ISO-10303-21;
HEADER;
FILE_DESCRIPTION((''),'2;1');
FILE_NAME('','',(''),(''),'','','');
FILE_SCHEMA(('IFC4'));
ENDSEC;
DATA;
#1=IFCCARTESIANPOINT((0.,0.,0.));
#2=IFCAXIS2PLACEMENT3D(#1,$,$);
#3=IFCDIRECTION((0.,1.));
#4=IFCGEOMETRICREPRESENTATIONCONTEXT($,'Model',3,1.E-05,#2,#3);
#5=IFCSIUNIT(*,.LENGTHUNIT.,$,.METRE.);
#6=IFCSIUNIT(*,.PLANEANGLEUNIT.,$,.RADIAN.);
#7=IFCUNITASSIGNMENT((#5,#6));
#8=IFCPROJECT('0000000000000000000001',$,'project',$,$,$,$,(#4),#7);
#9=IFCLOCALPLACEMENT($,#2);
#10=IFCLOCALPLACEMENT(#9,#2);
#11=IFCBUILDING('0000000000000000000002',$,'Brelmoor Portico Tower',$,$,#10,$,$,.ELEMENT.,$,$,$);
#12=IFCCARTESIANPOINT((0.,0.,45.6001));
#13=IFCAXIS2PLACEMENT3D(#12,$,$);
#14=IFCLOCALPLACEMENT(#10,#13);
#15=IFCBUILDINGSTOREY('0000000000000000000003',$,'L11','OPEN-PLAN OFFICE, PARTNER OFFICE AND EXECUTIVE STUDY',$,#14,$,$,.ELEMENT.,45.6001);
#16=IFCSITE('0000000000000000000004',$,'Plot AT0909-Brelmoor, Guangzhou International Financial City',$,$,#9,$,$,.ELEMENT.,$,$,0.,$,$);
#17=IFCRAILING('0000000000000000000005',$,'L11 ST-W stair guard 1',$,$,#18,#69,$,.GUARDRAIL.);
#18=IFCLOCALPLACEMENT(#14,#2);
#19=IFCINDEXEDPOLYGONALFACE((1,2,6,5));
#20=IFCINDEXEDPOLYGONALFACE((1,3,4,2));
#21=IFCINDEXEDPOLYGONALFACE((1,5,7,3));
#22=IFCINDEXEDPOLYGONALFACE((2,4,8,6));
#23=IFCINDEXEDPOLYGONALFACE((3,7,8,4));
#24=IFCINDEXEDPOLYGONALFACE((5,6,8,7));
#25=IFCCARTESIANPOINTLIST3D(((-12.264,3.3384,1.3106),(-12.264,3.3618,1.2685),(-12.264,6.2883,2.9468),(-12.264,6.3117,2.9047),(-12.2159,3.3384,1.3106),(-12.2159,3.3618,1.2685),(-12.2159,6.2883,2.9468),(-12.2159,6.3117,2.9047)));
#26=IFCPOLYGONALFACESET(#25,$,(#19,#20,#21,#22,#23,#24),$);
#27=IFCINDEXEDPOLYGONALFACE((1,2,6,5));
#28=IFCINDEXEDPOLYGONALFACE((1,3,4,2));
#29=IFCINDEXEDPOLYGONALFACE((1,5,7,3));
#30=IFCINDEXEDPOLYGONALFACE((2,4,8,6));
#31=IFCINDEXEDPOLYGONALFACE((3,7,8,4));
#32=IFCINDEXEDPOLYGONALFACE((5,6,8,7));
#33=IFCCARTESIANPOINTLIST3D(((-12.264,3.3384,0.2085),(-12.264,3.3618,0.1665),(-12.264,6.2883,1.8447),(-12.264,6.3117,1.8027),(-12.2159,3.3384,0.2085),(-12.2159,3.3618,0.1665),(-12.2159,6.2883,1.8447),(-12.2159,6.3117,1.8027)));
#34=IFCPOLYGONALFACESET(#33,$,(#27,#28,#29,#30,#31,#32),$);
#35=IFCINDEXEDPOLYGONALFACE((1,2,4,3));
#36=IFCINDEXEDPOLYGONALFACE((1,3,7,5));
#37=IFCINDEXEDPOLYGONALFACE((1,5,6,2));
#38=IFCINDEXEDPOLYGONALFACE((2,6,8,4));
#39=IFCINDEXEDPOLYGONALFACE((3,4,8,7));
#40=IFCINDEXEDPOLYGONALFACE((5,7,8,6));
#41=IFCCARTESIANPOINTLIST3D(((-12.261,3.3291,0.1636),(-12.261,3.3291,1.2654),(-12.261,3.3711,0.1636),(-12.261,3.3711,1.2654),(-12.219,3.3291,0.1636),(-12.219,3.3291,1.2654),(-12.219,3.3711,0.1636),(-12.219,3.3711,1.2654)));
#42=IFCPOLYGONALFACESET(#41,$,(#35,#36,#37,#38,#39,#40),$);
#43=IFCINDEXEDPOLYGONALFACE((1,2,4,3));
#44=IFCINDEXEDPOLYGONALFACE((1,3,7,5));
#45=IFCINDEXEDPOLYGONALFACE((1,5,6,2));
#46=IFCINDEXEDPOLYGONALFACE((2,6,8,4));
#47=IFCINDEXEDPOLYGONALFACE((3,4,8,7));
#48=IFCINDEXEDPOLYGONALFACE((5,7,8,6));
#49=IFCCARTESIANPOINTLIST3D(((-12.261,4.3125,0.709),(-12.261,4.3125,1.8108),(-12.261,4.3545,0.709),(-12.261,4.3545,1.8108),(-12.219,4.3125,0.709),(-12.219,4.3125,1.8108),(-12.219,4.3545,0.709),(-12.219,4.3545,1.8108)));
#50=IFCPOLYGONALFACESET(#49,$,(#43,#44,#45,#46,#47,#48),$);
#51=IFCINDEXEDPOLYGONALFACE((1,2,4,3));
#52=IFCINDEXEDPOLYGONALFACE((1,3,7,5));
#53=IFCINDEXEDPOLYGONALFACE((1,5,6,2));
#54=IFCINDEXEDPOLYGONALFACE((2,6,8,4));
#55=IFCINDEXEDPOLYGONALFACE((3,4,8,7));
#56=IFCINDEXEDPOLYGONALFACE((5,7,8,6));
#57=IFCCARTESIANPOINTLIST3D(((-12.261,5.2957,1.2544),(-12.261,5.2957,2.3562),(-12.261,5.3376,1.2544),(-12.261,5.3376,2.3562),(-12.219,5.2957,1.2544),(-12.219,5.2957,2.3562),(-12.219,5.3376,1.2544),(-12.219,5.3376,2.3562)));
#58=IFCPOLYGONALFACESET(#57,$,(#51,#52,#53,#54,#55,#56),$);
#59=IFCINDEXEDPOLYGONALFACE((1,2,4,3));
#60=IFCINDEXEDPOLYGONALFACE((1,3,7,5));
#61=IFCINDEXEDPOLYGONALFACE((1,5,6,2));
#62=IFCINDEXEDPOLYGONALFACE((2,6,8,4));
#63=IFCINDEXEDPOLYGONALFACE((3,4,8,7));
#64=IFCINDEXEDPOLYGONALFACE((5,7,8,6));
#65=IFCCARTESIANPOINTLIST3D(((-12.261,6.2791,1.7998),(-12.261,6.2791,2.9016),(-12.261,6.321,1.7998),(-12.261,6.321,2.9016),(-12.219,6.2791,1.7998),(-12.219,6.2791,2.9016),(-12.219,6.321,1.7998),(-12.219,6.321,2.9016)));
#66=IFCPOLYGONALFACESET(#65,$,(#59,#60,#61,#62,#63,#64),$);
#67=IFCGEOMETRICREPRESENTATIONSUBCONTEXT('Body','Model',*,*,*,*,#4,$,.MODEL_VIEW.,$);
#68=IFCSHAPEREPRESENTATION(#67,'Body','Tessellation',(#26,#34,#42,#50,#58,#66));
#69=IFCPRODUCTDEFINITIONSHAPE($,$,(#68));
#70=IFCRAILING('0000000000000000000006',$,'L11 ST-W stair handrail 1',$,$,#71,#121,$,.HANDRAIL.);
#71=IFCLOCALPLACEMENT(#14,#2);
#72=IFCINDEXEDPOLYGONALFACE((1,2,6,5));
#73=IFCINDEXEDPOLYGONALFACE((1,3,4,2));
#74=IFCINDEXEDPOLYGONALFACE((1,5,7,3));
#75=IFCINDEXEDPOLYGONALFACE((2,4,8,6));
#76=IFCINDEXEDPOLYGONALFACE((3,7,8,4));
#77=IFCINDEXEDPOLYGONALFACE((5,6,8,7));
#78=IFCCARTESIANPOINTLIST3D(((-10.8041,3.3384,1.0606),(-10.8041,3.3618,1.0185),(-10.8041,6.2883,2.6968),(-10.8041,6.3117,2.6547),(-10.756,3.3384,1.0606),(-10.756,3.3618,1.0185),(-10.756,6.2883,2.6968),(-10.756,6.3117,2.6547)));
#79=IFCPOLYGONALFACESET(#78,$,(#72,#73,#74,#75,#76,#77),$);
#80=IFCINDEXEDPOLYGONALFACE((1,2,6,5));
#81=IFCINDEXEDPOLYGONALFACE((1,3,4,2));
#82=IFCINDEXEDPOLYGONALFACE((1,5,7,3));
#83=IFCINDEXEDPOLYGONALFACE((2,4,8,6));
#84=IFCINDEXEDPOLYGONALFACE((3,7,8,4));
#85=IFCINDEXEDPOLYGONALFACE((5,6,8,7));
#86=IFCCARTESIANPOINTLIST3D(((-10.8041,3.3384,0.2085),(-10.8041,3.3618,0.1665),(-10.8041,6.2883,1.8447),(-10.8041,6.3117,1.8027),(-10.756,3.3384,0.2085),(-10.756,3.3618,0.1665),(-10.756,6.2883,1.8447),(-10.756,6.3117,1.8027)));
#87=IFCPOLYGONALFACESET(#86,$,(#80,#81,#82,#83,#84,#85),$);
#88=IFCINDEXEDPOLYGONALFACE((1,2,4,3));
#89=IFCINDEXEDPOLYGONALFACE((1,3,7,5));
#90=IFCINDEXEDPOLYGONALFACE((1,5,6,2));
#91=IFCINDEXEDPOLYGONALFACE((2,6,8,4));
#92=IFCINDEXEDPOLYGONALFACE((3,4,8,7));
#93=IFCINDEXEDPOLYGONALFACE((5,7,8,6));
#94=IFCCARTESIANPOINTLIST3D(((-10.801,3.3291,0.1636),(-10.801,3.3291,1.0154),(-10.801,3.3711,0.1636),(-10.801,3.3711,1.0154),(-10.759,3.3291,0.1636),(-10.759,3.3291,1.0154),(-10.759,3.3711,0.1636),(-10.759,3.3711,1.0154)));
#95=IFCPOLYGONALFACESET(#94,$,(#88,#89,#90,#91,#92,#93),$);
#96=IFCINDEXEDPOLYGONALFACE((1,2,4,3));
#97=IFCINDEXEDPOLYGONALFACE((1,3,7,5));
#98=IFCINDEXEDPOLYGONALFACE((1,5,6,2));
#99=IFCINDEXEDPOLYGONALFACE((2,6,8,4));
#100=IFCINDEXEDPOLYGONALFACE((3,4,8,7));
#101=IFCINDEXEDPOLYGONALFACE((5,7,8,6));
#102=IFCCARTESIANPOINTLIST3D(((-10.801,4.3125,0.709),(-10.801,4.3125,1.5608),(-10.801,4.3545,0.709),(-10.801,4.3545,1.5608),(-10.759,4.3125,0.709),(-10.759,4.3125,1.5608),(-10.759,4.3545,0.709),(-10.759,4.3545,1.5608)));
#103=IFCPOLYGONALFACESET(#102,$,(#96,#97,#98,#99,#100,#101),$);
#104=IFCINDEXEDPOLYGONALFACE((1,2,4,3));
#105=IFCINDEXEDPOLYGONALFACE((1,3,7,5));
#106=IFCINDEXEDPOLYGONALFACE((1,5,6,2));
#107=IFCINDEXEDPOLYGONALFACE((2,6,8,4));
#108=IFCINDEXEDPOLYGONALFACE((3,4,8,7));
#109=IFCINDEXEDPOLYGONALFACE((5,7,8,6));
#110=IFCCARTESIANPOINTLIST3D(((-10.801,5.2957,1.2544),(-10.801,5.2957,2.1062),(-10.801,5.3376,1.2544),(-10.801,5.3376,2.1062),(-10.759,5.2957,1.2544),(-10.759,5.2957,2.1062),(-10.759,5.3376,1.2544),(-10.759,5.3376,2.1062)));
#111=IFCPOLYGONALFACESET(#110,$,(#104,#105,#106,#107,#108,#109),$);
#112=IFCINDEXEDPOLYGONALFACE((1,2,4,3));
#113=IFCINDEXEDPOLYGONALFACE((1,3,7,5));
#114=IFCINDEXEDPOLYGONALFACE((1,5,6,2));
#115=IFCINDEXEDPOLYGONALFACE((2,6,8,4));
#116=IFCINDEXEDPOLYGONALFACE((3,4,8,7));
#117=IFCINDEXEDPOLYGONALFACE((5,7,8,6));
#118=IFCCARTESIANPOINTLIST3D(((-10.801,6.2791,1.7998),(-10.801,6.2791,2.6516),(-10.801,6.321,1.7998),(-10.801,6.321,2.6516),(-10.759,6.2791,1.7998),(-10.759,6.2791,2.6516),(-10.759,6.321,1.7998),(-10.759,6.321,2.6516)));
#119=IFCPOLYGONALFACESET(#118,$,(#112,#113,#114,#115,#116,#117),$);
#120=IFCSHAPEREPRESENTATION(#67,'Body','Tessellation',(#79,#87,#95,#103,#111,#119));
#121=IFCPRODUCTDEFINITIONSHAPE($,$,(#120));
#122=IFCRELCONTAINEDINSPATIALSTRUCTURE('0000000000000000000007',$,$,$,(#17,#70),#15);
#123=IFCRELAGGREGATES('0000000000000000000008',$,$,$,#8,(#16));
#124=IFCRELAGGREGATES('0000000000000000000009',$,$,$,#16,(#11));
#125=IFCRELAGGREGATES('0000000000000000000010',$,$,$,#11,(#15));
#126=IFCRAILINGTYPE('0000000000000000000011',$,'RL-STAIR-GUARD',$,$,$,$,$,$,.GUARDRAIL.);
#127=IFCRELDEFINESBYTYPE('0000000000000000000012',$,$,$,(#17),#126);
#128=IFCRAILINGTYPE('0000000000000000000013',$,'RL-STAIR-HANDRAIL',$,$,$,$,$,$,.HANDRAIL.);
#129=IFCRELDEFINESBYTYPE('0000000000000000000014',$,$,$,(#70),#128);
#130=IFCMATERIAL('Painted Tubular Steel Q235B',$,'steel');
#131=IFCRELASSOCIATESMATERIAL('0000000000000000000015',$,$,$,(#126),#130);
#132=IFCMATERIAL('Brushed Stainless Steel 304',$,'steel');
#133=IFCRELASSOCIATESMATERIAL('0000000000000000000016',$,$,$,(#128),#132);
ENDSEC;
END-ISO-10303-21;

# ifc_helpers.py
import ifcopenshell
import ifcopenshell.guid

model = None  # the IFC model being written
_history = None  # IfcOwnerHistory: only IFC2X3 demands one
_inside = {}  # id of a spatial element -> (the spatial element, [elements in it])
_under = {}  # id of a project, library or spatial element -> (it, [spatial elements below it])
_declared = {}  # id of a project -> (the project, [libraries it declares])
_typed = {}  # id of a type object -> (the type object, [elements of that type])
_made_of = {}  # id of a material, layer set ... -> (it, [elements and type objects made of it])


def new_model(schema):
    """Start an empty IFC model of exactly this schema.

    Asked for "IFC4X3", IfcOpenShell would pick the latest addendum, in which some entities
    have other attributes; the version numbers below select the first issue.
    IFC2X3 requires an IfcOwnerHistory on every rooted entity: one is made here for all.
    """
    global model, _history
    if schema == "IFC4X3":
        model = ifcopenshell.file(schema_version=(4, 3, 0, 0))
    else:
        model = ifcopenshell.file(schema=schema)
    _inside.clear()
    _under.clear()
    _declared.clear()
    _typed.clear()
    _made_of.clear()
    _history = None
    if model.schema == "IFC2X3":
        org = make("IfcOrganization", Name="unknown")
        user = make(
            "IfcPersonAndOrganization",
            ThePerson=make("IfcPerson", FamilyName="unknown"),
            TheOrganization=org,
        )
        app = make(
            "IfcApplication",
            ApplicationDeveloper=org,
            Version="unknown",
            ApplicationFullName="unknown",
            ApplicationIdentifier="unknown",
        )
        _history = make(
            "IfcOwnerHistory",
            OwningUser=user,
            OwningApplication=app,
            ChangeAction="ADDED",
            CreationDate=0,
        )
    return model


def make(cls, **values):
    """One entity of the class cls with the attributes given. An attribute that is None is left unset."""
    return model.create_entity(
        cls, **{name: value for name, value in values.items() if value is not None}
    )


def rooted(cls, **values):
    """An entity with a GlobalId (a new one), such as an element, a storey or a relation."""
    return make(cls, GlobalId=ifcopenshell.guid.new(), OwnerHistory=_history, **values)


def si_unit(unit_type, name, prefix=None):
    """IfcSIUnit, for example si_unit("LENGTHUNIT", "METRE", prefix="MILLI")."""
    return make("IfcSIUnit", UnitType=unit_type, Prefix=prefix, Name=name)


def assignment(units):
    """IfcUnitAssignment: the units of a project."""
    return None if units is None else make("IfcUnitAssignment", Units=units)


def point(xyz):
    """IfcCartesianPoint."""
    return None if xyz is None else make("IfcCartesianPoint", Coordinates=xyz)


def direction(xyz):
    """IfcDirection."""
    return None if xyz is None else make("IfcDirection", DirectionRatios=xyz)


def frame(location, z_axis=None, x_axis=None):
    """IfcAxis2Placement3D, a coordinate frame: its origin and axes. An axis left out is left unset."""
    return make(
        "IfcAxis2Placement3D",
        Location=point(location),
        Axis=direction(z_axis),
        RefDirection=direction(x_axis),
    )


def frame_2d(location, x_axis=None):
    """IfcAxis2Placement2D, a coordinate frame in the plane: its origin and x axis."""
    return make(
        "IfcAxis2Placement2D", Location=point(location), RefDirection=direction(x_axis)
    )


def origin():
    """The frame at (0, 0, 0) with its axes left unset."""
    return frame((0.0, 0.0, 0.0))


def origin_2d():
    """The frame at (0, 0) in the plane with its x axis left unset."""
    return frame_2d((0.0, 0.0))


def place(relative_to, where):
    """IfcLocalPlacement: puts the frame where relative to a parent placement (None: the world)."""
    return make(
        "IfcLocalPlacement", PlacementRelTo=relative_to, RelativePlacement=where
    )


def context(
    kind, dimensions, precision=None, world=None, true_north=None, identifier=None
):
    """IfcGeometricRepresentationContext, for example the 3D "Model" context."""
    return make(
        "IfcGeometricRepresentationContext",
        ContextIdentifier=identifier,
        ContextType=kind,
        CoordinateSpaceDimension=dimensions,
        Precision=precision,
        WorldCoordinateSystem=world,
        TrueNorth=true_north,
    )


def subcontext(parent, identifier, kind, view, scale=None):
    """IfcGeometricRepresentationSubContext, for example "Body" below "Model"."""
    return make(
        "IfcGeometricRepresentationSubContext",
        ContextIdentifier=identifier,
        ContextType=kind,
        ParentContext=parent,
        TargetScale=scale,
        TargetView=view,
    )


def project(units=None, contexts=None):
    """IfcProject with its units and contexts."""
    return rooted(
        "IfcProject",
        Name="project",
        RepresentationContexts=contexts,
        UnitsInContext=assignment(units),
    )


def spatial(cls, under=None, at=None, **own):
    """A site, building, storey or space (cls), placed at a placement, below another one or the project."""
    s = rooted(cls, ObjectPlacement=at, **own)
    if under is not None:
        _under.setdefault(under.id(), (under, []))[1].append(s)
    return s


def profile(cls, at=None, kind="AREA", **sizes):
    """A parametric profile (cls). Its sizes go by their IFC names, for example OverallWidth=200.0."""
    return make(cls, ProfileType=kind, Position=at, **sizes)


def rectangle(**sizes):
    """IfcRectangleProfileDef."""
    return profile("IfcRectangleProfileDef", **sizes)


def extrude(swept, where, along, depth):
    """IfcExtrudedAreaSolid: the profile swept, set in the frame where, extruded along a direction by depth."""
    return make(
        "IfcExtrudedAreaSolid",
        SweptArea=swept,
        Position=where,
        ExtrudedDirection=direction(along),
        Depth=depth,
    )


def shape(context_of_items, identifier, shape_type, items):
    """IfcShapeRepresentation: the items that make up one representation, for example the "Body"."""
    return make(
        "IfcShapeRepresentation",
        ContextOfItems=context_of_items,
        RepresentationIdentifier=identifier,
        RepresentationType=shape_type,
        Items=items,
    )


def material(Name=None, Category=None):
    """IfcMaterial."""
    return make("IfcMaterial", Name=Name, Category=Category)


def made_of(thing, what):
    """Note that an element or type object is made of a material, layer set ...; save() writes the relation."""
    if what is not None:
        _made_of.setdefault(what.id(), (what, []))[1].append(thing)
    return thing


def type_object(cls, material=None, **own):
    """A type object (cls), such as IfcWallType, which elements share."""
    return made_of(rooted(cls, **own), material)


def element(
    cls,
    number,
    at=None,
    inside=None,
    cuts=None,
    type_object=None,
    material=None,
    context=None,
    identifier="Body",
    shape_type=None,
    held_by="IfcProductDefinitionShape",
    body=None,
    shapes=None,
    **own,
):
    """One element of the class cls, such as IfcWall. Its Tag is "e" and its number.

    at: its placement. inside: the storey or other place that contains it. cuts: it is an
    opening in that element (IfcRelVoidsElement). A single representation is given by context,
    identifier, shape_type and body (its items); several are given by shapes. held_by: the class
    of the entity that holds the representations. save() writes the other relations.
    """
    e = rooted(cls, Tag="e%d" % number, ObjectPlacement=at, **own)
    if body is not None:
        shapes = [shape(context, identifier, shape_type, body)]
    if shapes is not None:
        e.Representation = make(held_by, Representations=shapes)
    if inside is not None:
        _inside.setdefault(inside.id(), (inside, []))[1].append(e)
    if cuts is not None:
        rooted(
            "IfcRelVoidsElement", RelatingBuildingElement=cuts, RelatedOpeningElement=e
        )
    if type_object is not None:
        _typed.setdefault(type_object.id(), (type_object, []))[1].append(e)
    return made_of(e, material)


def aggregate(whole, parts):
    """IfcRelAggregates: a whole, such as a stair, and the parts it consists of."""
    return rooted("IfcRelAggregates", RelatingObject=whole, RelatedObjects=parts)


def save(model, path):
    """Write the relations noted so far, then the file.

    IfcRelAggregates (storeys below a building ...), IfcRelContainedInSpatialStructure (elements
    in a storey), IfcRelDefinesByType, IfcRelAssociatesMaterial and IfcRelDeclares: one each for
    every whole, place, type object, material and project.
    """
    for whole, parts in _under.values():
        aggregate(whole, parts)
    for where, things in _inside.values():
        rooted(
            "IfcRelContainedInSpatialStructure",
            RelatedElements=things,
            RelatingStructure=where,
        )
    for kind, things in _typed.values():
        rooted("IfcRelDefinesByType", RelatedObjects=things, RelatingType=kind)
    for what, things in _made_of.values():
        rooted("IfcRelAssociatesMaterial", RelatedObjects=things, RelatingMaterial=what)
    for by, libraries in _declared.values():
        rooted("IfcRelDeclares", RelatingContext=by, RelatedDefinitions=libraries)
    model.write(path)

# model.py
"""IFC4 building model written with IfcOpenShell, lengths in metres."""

from ifc_helpers import new_model, si_unit, direction, frame, origin, origin_2d, place, context, subcontext, project, spatial, rectangle, extrude, material, type_object, element, save


model = new_model("IFC4")

# Units and contexts
model_context = context("Model", 3, precision=1e-05, world=origin(), true_north=direction((0.0, 1.0)))
body_context = subcontext(model_context, "Body", "Model", "MODEL_VIEW")
ifc_project = project(units=[si_unit("LENGTHUNIT", "METRE"), si_unit("PLANEANGLEUNIT", "RADIAN")], contexts=[model_context])

# Site, building, storey
site_placement = place(None, origin())
site = spatial("IfcSite", under=ifc_project, at=site_placement, Name="Plot AT0909-Brelmoor, Guangzhou International Financial City", CompositionType="ELEMENT", RefElevation=0.0)
building_placement = place(site_placement, origin())
building = spatial("IfcBuilding", under=site, at=building_placement, Name="Brelmoor Portico Tower", CompositionType="ELEMENT")
storey_placement = place(building_placement, frame((0.0, 0.0, 45.6001)))
storey = spatial("IfcBuildingStorey", under=building, at=storey_placement, Name="L11", Description="OPEN-PLAN OFFICE, PARTNER OFFICE AND EXECUTIVE STUDY", CompositionType="ELEMENT", Elevation=45.6001)

# Railings
ifc_material_1 = material(Name="Painted Tubular Steel Q235B", Category="steel")
railing_type_1 = type_object("IfcRailingType", Name="RL-STAIR-GUARD", PredefinedType="GUARDRAIL", material=ifc_material_1)
railing_1_placement = place(storey_placement, frame((-12.24, 3.3501, 0.1636)))
element("IfcRailing", 1, at=railing_1_placement, inside=storey, type_object=railing_type_1, Name="L11 ST-W stair guard 1", PredefinedType="GUARDRAIL", context=body_context, shape_type="SweptSolid", body=[
    extrude(rectangle(XDim=0.0481, YDim=0.0481, at=origin_2d()), frame((0.0, 0.0, 1.126), z_axis=(0.0, 0.874488, 0.485047), x_axis=(-1.0, 0.0, 0.0)), (0.0, 0.0, 1.0), 3.3733),
    extrude(rectangle(XDim=0.0481, YDim=0.0481, at=origin_2d()), frame((0.0, 0.0, 0.0239), z_axis=(0.0, 0.874488, 0.485047), x_axis=(-1.0, 0.0, 0.0)), (0.0, 0.0, 1.0), 3.3733),
    extrude(rectangle(XDim=0.042, YDim=0.042, at=origin_2d()), origin(), (0.0, 0.0, 1.0), 1.1018),
    extrude(rectangle(XDim=0.042, YDim=0.042, at=origin_2d()), frame((0.0, 0.9834, 0.5454)), (0.0, 0.0, 1.0), 1.1018),
    extrude(rectangle(XDim=0.042, YDim=0.042, at=origin_2d()), frame((0.0, 1.9666, 1.0908)), (0.0, 0.0, 1.0), 1.1018),
    extrude(rectangle(XDim=0.042, YDim=0.042, at=origin_2d()), frame((0.0, 2.95, 1.6362)), (0.0, 0.0, 1.0), 1.1018),
])
ifc_material_2 = material(Name="Brushed Stainless Steel 304", Category="steel")
railing_type_2 = type_object("IfcRailingType", Name="RL-STAIR-HANDRAIL", PredefinedType="HANDRAIL", material=ifc_material_2)
railing_2_placement = place(storey_placement, frame((-10.78, 3.3501, 0.1636)))
element("IfcRailing", 2, at=railing_2_placement, inside=storey, type_object=railing_type_2, Name="L11 ST-W stair handrail 1", PredefinedType="HANDRAIL", context=body_context, shape_type="SweptSolid", body=[
    extrude(rectangle(XDim=0.0481, YDim=0.0481, at=origin_2d()), frame((0.0, 0.0, 0.876), z_axis=(0.0, 0.874488, 0.485047), x_axis=(-1.0, 0.0, 0.0)), (0.0, 0.0, 1.0), 3.3733),
    extrude(rectangle(XDim=0.0481, YDim=0.0481, at=origin_2d()), frame((0.0, 0.0, 0.0239), z_axis=(0.0, 0.874488, 0.485047), x_axis=(-1.0, 0.0, 0.0)), (0.0, 0.0, 1.0), 3.3733),
    extrude(rectangle(XDim=0.042, YDim=0.042, at=origin_2d()), origin(), (0.0, 0.0, 1.0), 0.8518),
    extrude(rectangle(XDim=0.042, YDim=0.042, at=origin_2d()), frame((0.0, 0.9834, 0.5454)), (0.0, 0.0, 1.0), 0.8518),
    extrude(rectangle(XDim=0.042, YDim=0.042, at=origin_2d()), frame((0.0, 1.9666, 1.0908)), (0.0, 0.0, 1.0), 0.8518),
    extrude(rectangle(XDim=0.042, YDim=0.042, at=origin_2d()), frame((0.0, 2.95, 1.6362)), (0.0, 0.0, 1.0), 0.8518),
])

save(model, "model.ifc")
